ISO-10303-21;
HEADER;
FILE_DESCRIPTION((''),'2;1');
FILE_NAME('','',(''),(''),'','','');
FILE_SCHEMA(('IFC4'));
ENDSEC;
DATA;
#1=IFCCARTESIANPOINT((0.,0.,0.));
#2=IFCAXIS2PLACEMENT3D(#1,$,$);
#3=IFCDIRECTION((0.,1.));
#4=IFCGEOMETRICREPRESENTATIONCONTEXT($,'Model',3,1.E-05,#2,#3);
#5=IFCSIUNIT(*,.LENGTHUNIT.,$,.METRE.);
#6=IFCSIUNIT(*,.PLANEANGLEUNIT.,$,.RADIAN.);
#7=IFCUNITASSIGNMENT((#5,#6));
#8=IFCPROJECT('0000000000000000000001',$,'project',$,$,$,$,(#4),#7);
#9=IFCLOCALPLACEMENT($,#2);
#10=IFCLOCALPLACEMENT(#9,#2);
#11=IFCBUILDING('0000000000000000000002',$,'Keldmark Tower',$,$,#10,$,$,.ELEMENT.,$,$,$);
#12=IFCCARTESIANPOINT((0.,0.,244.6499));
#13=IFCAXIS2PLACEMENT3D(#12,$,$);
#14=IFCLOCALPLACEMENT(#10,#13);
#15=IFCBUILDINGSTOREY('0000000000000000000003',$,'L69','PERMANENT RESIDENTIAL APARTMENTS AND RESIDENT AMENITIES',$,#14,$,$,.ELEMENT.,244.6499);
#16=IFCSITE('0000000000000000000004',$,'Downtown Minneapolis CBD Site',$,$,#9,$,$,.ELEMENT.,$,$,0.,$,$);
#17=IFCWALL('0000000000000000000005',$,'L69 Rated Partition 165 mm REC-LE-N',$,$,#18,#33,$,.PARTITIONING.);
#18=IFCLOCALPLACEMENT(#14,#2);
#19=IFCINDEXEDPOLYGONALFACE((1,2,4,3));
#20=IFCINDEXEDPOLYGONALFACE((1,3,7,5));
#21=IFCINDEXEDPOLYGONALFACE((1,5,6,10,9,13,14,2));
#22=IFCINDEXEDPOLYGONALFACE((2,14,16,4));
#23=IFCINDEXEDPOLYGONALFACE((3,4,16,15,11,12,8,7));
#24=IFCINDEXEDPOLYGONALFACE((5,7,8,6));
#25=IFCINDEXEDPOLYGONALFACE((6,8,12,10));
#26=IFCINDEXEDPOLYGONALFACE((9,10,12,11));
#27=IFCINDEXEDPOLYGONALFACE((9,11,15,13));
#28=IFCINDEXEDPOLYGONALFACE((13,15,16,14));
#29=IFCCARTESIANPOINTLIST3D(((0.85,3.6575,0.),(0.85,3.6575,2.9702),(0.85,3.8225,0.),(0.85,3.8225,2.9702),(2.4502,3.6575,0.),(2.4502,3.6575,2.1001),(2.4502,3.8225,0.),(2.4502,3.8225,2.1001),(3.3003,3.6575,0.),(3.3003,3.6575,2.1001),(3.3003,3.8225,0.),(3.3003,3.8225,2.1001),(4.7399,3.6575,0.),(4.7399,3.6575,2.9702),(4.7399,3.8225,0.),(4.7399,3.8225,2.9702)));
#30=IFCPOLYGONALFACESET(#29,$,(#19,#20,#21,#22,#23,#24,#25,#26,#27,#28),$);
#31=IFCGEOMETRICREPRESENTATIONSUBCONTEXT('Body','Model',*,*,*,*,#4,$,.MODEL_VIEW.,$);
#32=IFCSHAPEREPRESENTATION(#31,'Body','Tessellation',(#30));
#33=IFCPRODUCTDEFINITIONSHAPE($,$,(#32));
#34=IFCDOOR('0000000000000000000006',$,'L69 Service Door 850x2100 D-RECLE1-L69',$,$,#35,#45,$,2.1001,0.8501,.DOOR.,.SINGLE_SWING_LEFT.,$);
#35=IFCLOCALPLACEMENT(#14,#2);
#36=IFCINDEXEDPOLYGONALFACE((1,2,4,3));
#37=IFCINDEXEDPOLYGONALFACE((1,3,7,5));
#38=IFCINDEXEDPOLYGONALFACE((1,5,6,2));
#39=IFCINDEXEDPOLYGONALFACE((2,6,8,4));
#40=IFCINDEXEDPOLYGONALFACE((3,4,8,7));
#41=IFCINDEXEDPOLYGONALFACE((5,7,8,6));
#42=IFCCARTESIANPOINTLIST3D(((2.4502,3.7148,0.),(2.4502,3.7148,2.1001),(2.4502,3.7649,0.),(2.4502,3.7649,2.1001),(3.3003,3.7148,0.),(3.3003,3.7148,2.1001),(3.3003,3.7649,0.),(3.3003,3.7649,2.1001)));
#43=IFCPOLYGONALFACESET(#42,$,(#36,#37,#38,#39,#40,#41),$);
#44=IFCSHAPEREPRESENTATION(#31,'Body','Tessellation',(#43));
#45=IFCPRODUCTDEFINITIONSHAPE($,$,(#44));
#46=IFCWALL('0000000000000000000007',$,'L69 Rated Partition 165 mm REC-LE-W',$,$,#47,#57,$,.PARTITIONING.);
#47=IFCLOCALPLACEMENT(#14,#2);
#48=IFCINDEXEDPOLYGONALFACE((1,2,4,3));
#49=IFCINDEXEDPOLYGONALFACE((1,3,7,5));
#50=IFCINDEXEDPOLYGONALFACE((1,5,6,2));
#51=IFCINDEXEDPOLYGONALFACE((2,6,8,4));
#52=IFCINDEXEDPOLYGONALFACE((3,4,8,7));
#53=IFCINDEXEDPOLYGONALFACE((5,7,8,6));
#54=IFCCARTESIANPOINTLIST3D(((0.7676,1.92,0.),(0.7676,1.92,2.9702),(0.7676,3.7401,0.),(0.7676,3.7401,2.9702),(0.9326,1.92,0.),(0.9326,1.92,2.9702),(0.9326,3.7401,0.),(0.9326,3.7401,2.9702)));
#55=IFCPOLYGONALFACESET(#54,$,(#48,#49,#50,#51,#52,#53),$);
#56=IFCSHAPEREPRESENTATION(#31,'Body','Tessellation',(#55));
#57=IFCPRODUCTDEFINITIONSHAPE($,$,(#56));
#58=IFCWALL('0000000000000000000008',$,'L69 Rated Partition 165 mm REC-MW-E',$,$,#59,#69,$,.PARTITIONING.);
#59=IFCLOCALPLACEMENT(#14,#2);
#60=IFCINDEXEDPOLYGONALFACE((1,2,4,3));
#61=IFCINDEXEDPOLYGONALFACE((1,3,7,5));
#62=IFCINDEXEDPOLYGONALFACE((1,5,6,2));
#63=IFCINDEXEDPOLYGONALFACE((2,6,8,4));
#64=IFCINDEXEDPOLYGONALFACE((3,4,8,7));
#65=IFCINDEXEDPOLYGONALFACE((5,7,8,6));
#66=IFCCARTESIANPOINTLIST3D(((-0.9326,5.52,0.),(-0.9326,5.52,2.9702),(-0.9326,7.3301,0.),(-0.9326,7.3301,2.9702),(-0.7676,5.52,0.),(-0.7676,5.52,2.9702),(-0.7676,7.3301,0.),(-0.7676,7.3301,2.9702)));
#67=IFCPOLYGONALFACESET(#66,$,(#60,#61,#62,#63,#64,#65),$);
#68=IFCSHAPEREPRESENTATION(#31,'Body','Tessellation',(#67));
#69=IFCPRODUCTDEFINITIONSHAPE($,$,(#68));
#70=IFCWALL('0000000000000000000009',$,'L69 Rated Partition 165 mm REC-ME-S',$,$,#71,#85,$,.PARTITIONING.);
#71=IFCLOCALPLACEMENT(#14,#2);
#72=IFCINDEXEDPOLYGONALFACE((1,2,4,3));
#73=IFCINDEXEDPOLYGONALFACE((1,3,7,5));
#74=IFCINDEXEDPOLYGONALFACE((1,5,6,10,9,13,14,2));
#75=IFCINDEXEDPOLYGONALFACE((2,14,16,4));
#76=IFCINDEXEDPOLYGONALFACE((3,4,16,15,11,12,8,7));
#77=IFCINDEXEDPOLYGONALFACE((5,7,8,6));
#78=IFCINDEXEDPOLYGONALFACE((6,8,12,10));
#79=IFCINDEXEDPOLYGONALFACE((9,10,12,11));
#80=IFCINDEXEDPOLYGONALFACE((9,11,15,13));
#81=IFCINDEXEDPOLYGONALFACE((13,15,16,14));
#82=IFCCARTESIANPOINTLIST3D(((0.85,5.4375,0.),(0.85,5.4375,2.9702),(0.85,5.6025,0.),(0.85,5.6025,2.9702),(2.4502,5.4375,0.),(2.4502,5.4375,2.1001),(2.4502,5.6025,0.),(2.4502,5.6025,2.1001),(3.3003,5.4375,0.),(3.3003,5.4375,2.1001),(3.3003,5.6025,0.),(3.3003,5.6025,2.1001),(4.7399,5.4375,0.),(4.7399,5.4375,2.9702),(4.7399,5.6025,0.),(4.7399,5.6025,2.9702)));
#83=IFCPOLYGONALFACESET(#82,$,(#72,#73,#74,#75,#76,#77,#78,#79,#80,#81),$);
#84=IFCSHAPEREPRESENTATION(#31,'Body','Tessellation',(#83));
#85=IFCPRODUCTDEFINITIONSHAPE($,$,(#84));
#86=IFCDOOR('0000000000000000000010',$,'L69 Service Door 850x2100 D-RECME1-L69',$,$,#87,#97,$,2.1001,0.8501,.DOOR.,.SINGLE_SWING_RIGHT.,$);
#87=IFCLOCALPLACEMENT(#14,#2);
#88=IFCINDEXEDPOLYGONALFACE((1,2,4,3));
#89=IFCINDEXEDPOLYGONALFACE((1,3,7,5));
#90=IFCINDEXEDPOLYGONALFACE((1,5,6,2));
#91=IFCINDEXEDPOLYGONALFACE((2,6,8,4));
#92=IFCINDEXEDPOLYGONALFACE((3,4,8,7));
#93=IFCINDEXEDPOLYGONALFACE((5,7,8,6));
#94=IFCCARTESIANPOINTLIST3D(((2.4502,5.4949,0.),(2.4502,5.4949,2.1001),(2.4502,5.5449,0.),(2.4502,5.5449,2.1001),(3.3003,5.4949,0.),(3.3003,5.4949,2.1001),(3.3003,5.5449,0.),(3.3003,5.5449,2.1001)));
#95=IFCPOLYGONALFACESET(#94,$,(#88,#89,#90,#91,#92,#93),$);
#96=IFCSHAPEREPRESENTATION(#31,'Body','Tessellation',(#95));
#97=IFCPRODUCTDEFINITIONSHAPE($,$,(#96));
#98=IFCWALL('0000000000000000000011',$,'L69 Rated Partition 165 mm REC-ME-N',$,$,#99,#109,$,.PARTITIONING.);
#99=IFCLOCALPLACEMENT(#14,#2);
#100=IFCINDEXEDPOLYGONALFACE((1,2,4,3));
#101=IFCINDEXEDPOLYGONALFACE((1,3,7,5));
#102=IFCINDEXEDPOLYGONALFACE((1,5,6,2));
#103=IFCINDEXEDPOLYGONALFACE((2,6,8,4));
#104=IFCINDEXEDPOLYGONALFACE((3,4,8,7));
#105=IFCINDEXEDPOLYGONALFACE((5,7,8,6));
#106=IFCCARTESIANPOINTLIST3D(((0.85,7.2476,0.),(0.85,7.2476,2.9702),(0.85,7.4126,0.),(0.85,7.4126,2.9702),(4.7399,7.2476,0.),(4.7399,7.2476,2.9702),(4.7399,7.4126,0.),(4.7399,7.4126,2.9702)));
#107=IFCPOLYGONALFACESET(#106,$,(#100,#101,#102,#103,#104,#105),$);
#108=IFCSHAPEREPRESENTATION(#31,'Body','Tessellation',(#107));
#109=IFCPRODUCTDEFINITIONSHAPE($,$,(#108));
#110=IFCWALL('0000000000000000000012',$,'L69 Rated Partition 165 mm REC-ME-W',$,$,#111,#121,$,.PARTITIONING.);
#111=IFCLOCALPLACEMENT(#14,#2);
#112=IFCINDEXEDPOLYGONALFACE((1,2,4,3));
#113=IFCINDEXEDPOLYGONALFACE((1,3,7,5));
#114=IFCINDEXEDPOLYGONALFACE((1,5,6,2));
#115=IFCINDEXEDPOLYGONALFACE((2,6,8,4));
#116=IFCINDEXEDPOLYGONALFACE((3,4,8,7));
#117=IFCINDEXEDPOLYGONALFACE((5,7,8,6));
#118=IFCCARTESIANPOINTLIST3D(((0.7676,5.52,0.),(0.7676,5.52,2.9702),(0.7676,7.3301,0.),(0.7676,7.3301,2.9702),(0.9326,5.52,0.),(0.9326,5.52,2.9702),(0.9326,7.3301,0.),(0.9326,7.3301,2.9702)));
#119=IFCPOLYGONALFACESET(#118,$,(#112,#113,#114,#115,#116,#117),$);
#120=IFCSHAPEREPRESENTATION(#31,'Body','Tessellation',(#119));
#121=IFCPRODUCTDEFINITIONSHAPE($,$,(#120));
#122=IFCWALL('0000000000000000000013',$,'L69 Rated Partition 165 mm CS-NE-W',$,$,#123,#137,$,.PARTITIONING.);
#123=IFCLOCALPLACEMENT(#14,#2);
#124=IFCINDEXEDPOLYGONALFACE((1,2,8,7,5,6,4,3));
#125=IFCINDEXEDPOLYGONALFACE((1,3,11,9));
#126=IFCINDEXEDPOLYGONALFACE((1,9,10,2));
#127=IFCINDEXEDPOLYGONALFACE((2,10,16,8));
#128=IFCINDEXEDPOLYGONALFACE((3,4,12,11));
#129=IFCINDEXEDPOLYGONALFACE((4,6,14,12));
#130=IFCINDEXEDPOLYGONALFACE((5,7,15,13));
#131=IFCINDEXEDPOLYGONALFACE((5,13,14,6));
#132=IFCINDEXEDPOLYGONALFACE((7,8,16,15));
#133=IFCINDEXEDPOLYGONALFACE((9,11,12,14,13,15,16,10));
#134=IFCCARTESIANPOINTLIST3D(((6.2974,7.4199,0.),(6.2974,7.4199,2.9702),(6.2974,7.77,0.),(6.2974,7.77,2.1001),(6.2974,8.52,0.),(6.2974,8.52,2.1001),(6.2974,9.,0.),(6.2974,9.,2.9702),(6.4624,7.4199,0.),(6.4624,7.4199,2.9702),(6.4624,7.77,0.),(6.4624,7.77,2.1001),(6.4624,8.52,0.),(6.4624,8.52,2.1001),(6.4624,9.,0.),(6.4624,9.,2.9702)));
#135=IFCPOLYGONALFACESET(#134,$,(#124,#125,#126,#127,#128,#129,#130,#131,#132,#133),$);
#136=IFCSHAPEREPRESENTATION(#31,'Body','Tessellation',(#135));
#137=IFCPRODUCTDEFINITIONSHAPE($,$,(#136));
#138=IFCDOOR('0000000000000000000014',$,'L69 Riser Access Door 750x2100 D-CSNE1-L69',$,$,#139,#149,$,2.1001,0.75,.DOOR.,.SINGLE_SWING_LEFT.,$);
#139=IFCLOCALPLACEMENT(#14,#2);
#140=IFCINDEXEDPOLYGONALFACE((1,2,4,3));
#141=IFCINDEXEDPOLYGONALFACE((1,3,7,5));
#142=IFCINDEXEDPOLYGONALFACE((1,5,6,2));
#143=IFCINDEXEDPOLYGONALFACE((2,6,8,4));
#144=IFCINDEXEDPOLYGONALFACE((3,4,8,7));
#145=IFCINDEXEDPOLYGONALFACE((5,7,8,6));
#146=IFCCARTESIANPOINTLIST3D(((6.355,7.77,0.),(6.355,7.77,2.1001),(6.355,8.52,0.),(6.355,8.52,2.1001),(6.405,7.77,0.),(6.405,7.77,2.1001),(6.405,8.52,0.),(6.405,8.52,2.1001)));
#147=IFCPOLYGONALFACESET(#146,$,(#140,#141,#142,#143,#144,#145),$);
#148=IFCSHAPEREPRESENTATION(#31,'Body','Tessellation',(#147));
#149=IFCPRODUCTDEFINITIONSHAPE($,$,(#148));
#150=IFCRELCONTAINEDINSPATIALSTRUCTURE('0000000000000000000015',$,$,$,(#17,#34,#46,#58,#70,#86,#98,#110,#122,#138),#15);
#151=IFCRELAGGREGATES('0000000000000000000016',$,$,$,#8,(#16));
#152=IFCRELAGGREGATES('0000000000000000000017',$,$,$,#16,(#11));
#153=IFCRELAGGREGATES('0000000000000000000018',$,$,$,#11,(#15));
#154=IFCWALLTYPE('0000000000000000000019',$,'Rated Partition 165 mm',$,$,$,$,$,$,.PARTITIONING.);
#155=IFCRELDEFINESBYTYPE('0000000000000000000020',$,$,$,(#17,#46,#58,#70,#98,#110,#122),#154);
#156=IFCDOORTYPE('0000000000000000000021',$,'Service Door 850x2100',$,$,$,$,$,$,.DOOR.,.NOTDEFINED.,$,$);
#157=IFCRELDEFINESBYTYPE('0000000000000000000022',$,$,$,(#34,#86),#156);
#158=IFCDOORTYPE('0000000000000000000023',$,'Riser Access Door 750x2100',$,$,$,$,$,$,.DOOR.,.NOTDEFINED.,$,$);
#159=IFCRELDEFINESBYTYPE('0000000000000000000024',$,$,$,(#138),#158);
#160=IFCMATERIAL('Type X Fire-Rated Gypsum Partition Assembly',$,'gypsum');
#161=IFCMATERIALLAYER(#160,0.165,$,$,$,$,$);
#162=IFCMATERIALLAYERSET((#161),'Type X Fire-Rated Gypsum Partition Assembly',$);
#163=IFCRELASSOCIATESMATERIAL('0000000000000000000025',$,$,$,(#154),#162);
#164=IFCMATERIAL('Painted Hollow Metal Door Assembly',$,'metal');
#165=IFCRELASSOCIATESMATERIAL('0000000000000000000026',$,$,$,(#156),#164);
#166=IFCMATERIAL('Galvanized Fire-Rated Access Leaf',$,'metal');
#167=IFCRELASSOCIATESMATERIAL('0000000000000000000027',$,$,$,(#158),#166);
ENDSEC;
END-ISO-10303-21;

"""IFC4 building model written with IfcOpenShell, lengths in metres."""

from ifc_helpers import new_model, si_unit, direction, frame, frame_2d, origin, place, context, subcontext, project, spatial, rectangle, extrude, material, layer, layer_set, type_object, element, fill, save


model = new_model("IFC4")

# Units and contexts
model_context = context("Model", 3, precision=1e-05, world=origin(), true_north=direction((0.0, 1.0)))
body_context = subcontext(model_context, "Body", "Model", "MODEL_VIEW")
ifc_project = project(units=[si_unit("LENGTHUNIT", "METRE"), si_unit("PLANEANGLEUNIT", "RADIAN")], contexts=[model_context])

# Site, building, storey
site_placement = place(None, origin())
site = spatial("IfcSite", under=ifc_project, at=site_placement, Name="Downtown Minneapolis CBD Site", CompositionType="ELEMENT", RefElevation=0.0)
building_placement = place(site_placement, origin())
building = spatial("IfcBuilding", under=site, at=building_placement, Name="Keldmark Tower", CompositionType="ELEMENT")
storey_placement = place(building_placement, frame((0.0, 0.0, 244.6499)))
storey = spatial("IfcBuildingStorey", under=building, at=storey_placement, Name="L69", Description="PERMANENT RESIDENTIAL APARTMENTS AND RESIDENT AMENITIES", CompositionType="ELEMENT", Elevation=244.6499)

# Shared definitions
ifc_material_1 = material(Name="Type X Fire-Rated Gypsum Partition Assembly", Category="gypsum")
ifc_layer_1 = layer(ifc_material_1, 0.165)
ifc_layer_set_1 = layer_set([ifc_layer_1], Name="Type X Fire-Rated Gypsum Partition Assembly")
wall_type_1 = type_object("IfcWallType", Name="Rated Partition 165 mm", PredefinedType="PARTITIONING", material=ifc_layer_set_1)

# Wall, opening, door
wall_1_placement = place(storey_placement, frame((0.8501, 3.74, 0.0), z_axis=(0.0, 0.0, 1.0), x_axis=(1.0, 0.0, 0.0)))
wall_1 = element("IfcWall", 1, at=wall_1_placement, inside=storey, type_object=wall_type_1, Name="L69 Rated Partition 165 mm REC-LE-N", PredefinedType="PARTITIONING", context=body_context, shape_type="SweptSolid", body=[
    extrude(rectangle(XDim=3.8899, YDim=0.165, at=frame_2d((1.9448, 0.0))), origin(), (0.0, 0.0, 1.0), 2.9702),
])
opening_1_placement = place(wall_1_placement, frame((1.6001, 0.0, 0.0)))
opening_1 = element("IfcOpeningElement", 2, at=opening_1_placement, cuts=wall_1, PredefinedType="OPENING", context=body_context, shape_type="SweptSolid", body=[
    extrude(rectangle(XDim=0.8501, YDim=2.1001, at=frame_2d((0.425, 1.05))), frame((0.0, 0.0925, 0.0), z_axis=(0.0, -1.0, 0.0), x_axis=(1.0, 0.0, 0.0)), (0.0, 0.0, 1.0), 0.1851),
])
ifc_material_2 = material(Name="Painted Hollow Metal Door Assembly", Category="metal")
door_type_1 = type_object("IfcDoorType", Name="Service Door 850x2100", OperationType="NOTDEFINED", PredefinedType="DOOR", material=ifc_material_2)
door_1_placement = place(opening_1_placement, origin())
door_1 = element("IfcDoor", 3, at=door_1_placement, inside=storey, type_object=door_type_1, Name="L69 Service Door 850x2100 D-RECLE1-L69", OperationType="SINGLE_SWING_LEFT", OverallHeight=2.1001, OverallWidth=0.8501, PredefinedType="DOOR", context=body_context, shape_type="SweptSolid", body=[
    extrude(rectangle(XDim=0.8501, YDim=2.1001, at=frame_2d((0.425, 1.05))), frame((0.0, 0.0249, 0.0), z_axis=(0.0, -1.0, 0.0), x_axis=(1.0, 0.0, 0.0)), (0.0, 0.0, 1.0), 0.05),
])
fill(opening_1, door_1)

# Walls
wall_2_placement = place(storey_placement, frame((0.8501, 1.9199, 0.0), z_axis=(0.0, 0.0, 1.0), x_axis=(0.0, 1.0, 0.0)))
element("IfcWall", 4, at=wall_2_placement, inside=storey, type_object=wall_type_1, Name="L69 Rated Partition 165 mm REC-LE-W", PredefinedType="PARTITIONING", context=body_context, shape_type="SweptSolid", body=[
    extrude(rectangle(XDim=1.8201, YDim=0.165, at=frame_2d((0.9102, 0.0))), origin(), (0.0, 0.0, 1.0), 2.9702),
])
wall_3_placement = place(storey_placement, frame((-0.8501, 5.52, 0.0), z_axis=(0.0, 0.0, 1.0), x_axis=(0.0, 1.0, 0.0)))
element("IfcWall", 5, at=wall_3_placement, inside=storey, type_object=wall_type_1, Name="L69 Rated Partition 165 mm REC-MW-E", PredefinedType="PARTITIONING", context=body_context, shape_type="SweptSolid", body=[
    extrude(rectangle(XDim=1.8101, YDim=0.165, at=frame_2d((0.905, 0.0))), origin(), (0.0, 0.0, 1.0), 2.9702),
])

# Wall, opening, door
wall_4_placement = place(storey_placement, frame((0.8501, 5.52, 0.0), z_axis=(0.0, 0.0, 1.0), x_axis=(1.0, 0.0, 0.0)))
wall_4 = element("IfcWall", 6, at=wall_4_placement, inside=storey, type_object=wall_type_1, Name="L69 Rated Partition 165 mm REC-ME-S", PredefinedType="PARTITIONING", context=body_context, shape_type="SweptSolid", body=[
    extrude(rectangle(XDim=3.8899, YDim=0.165, at=frame_2d((1.9448, 0.0))), origin(), (0.0, 0.0, 1.0), 2.9702),
])
opening_2_placement = place(wall_4_placement, frame((1.6001, 0.0, 0.0)))
opening_2 = element("IfcOpeningElement", 7, at=opening_2_placement, cuts=wall_4, PredefinedType="OPENING", context=body_context, shape_type="SweptSolid", body=[
    extrude(rectangle(XDim=0.8501, YDim=2.1001, at=frame_2d((0.425, 1.05))), frame((0.0, 0.0925, 0.0), z_axis=(0.0, -1.0, 0.0), x_axis=(1.0, 0.0, 0.0)), (0.0, 0.0, 1.0), 0.1851),
])
door_2_placement = place(opening_2_placement, origin())
door_2 = element("IfcDoor", 8, at=door_2_placement, inside=storey, type_object=door_type_1, Name="L69 Service Door 850x2100 D-RECME1-L69", OperationType="SINGLE_SWING_RIGHT", OverallHeight=2.1001, OverallWidth=0.8501, PredefinedType="DOOR", context=body_context, shape_type="SweptSolid", body=[
    extrude(rectangle(XDim=0.8501, YDim=2.1001, at=frame_2d((0.425, 1.05))), frame((0.0, 0.0249, 0.0), z_axis=(0.0, -1.0, 0.0), x_axis=(1.0, 0.0, 0.0)), (0.0, 0.0, 1.0), 0.05),
])
fill(opening_2, door_2)

# Walls
wall_5_placement = place(storey_placement, frame((0.8501, 7.3301, 0.0), z_axis=(0.0, 0.0, 1.0), x_axis=(1.0, 0.0, 0.0)))
element("IfcWall", 9, at=wall_5_placement, inside=storey, type_object=wall_type_1, Name="L69 Rated Partition 165 mm REC-ME-N", PredefinedType="PARTITIONING", context=body_context, shape_type="SweptSolid", body=[
    extrude(rectangle(XDim=3.8899, YDim=0.165, at=frame_2d((1.9448, 0.0))), origin(), (0.0, 0.0, 1.0), 2.9702),
])
wall_6_placement = place(storey_placement, frame((0.8501, 5.52, 0.0), z_axis=(0.0, 0.0, 1.0), x_axis=(0.0, 1.0, 0.0)))
element("IfcWall", 10, at=wall_6_placement, inside=storey, type_object=wall_type_1, Name="L69 Rated Partition 165 mm REC-ME-W", PredefinedType="PARTITIONING", context=body_context, shape_type="SweptSolid", body=[
    extrude(rectangle(XDim=1.8101, YDim=0.165, at=frame_2d((0.905, 0.0))), origin(), (0.0, 0.0, 1.0), 2.9702),
])

# Wall, opening, door
wall_7_placement = place(storey_placement, frame((6.3799, 7.4199, 0.0), z_axis=(0.0, 0.0, 1.0), x_axis=(0.0, 1.0, 0.0)))
wall_7 = element("IfcWall", 11, at=wall_7_placement, inside=storey, type_object=wall_type_1, Name="L69 Rated Partition 165 mm CS-NE-W", PredefinedType="PARTITIONING", context=body_context, shape_type="SweptSolid", body=[
    extrude(rectangle(XDim=1.5801, YDim=0.165, at=frame_2d((0.79, 0.0))), origin(), (0.0, 0.0, 1.0), 2.9702),
])
opening_3_placement = place(wall_7_placement, frame((0.3501, 0.0, 0.0)))
opening_3 = element("IfcOpeningElement", 12, at=opening_3_placement, cuts=wall_7, PredefinedType="OPENING", context=body_context, shape_type="SweptSolid", body=[
    extrude(rectangle(XDim=0.75, YDim=2.1001, at=frame_2d((0.375, 1.05))), frame((0.0, 0.0925, 0.0), z_axis=(0.0, -1.0, 0.0), x_axis=(1.0, 0.0, 0.0)), (0.0, 0.0, 1.0), 0.1851),
])
ifc_material_3 = material(Name="Galvanized Fire-Rated Access Leaf", Category="metal")
door_type_2 = type_object("IfcDoorType", Name="Riser Access Door 750x2100", OperationType="NOTDEFINED", PredefinedType="DOOR", material=ifc_material_3)
door_3_placement = place(opening_3_placement, origin())
door_3 = element("IfcDoor", 13, at=door_3_placement, inside=storey, type_object=door_type_2, Name="L69 Riser Access Door 750x2100 D-CSNE1-L69", OperationType="SINGLE_SWING_LEFT", OverallHeight=2.1001, OverallWidth=0.75, PredefinedType="DOOR", context=body_context, shape_type="SweptSolid", body=[
    extrude(rectangle(XDim=0.75, YDim=2.1001, at=frame_2d((0.375, 1.05))), frame((0.0, 0.0249, 0.0), z_axis=(0.0, -1.0, 0.0), x_axis=(1.0, 0.0, 0.0)), (0.0, 0.0, 1.0), 0.05),
])
fill(opening_3, door_3)

save(model, "model.ifc")
